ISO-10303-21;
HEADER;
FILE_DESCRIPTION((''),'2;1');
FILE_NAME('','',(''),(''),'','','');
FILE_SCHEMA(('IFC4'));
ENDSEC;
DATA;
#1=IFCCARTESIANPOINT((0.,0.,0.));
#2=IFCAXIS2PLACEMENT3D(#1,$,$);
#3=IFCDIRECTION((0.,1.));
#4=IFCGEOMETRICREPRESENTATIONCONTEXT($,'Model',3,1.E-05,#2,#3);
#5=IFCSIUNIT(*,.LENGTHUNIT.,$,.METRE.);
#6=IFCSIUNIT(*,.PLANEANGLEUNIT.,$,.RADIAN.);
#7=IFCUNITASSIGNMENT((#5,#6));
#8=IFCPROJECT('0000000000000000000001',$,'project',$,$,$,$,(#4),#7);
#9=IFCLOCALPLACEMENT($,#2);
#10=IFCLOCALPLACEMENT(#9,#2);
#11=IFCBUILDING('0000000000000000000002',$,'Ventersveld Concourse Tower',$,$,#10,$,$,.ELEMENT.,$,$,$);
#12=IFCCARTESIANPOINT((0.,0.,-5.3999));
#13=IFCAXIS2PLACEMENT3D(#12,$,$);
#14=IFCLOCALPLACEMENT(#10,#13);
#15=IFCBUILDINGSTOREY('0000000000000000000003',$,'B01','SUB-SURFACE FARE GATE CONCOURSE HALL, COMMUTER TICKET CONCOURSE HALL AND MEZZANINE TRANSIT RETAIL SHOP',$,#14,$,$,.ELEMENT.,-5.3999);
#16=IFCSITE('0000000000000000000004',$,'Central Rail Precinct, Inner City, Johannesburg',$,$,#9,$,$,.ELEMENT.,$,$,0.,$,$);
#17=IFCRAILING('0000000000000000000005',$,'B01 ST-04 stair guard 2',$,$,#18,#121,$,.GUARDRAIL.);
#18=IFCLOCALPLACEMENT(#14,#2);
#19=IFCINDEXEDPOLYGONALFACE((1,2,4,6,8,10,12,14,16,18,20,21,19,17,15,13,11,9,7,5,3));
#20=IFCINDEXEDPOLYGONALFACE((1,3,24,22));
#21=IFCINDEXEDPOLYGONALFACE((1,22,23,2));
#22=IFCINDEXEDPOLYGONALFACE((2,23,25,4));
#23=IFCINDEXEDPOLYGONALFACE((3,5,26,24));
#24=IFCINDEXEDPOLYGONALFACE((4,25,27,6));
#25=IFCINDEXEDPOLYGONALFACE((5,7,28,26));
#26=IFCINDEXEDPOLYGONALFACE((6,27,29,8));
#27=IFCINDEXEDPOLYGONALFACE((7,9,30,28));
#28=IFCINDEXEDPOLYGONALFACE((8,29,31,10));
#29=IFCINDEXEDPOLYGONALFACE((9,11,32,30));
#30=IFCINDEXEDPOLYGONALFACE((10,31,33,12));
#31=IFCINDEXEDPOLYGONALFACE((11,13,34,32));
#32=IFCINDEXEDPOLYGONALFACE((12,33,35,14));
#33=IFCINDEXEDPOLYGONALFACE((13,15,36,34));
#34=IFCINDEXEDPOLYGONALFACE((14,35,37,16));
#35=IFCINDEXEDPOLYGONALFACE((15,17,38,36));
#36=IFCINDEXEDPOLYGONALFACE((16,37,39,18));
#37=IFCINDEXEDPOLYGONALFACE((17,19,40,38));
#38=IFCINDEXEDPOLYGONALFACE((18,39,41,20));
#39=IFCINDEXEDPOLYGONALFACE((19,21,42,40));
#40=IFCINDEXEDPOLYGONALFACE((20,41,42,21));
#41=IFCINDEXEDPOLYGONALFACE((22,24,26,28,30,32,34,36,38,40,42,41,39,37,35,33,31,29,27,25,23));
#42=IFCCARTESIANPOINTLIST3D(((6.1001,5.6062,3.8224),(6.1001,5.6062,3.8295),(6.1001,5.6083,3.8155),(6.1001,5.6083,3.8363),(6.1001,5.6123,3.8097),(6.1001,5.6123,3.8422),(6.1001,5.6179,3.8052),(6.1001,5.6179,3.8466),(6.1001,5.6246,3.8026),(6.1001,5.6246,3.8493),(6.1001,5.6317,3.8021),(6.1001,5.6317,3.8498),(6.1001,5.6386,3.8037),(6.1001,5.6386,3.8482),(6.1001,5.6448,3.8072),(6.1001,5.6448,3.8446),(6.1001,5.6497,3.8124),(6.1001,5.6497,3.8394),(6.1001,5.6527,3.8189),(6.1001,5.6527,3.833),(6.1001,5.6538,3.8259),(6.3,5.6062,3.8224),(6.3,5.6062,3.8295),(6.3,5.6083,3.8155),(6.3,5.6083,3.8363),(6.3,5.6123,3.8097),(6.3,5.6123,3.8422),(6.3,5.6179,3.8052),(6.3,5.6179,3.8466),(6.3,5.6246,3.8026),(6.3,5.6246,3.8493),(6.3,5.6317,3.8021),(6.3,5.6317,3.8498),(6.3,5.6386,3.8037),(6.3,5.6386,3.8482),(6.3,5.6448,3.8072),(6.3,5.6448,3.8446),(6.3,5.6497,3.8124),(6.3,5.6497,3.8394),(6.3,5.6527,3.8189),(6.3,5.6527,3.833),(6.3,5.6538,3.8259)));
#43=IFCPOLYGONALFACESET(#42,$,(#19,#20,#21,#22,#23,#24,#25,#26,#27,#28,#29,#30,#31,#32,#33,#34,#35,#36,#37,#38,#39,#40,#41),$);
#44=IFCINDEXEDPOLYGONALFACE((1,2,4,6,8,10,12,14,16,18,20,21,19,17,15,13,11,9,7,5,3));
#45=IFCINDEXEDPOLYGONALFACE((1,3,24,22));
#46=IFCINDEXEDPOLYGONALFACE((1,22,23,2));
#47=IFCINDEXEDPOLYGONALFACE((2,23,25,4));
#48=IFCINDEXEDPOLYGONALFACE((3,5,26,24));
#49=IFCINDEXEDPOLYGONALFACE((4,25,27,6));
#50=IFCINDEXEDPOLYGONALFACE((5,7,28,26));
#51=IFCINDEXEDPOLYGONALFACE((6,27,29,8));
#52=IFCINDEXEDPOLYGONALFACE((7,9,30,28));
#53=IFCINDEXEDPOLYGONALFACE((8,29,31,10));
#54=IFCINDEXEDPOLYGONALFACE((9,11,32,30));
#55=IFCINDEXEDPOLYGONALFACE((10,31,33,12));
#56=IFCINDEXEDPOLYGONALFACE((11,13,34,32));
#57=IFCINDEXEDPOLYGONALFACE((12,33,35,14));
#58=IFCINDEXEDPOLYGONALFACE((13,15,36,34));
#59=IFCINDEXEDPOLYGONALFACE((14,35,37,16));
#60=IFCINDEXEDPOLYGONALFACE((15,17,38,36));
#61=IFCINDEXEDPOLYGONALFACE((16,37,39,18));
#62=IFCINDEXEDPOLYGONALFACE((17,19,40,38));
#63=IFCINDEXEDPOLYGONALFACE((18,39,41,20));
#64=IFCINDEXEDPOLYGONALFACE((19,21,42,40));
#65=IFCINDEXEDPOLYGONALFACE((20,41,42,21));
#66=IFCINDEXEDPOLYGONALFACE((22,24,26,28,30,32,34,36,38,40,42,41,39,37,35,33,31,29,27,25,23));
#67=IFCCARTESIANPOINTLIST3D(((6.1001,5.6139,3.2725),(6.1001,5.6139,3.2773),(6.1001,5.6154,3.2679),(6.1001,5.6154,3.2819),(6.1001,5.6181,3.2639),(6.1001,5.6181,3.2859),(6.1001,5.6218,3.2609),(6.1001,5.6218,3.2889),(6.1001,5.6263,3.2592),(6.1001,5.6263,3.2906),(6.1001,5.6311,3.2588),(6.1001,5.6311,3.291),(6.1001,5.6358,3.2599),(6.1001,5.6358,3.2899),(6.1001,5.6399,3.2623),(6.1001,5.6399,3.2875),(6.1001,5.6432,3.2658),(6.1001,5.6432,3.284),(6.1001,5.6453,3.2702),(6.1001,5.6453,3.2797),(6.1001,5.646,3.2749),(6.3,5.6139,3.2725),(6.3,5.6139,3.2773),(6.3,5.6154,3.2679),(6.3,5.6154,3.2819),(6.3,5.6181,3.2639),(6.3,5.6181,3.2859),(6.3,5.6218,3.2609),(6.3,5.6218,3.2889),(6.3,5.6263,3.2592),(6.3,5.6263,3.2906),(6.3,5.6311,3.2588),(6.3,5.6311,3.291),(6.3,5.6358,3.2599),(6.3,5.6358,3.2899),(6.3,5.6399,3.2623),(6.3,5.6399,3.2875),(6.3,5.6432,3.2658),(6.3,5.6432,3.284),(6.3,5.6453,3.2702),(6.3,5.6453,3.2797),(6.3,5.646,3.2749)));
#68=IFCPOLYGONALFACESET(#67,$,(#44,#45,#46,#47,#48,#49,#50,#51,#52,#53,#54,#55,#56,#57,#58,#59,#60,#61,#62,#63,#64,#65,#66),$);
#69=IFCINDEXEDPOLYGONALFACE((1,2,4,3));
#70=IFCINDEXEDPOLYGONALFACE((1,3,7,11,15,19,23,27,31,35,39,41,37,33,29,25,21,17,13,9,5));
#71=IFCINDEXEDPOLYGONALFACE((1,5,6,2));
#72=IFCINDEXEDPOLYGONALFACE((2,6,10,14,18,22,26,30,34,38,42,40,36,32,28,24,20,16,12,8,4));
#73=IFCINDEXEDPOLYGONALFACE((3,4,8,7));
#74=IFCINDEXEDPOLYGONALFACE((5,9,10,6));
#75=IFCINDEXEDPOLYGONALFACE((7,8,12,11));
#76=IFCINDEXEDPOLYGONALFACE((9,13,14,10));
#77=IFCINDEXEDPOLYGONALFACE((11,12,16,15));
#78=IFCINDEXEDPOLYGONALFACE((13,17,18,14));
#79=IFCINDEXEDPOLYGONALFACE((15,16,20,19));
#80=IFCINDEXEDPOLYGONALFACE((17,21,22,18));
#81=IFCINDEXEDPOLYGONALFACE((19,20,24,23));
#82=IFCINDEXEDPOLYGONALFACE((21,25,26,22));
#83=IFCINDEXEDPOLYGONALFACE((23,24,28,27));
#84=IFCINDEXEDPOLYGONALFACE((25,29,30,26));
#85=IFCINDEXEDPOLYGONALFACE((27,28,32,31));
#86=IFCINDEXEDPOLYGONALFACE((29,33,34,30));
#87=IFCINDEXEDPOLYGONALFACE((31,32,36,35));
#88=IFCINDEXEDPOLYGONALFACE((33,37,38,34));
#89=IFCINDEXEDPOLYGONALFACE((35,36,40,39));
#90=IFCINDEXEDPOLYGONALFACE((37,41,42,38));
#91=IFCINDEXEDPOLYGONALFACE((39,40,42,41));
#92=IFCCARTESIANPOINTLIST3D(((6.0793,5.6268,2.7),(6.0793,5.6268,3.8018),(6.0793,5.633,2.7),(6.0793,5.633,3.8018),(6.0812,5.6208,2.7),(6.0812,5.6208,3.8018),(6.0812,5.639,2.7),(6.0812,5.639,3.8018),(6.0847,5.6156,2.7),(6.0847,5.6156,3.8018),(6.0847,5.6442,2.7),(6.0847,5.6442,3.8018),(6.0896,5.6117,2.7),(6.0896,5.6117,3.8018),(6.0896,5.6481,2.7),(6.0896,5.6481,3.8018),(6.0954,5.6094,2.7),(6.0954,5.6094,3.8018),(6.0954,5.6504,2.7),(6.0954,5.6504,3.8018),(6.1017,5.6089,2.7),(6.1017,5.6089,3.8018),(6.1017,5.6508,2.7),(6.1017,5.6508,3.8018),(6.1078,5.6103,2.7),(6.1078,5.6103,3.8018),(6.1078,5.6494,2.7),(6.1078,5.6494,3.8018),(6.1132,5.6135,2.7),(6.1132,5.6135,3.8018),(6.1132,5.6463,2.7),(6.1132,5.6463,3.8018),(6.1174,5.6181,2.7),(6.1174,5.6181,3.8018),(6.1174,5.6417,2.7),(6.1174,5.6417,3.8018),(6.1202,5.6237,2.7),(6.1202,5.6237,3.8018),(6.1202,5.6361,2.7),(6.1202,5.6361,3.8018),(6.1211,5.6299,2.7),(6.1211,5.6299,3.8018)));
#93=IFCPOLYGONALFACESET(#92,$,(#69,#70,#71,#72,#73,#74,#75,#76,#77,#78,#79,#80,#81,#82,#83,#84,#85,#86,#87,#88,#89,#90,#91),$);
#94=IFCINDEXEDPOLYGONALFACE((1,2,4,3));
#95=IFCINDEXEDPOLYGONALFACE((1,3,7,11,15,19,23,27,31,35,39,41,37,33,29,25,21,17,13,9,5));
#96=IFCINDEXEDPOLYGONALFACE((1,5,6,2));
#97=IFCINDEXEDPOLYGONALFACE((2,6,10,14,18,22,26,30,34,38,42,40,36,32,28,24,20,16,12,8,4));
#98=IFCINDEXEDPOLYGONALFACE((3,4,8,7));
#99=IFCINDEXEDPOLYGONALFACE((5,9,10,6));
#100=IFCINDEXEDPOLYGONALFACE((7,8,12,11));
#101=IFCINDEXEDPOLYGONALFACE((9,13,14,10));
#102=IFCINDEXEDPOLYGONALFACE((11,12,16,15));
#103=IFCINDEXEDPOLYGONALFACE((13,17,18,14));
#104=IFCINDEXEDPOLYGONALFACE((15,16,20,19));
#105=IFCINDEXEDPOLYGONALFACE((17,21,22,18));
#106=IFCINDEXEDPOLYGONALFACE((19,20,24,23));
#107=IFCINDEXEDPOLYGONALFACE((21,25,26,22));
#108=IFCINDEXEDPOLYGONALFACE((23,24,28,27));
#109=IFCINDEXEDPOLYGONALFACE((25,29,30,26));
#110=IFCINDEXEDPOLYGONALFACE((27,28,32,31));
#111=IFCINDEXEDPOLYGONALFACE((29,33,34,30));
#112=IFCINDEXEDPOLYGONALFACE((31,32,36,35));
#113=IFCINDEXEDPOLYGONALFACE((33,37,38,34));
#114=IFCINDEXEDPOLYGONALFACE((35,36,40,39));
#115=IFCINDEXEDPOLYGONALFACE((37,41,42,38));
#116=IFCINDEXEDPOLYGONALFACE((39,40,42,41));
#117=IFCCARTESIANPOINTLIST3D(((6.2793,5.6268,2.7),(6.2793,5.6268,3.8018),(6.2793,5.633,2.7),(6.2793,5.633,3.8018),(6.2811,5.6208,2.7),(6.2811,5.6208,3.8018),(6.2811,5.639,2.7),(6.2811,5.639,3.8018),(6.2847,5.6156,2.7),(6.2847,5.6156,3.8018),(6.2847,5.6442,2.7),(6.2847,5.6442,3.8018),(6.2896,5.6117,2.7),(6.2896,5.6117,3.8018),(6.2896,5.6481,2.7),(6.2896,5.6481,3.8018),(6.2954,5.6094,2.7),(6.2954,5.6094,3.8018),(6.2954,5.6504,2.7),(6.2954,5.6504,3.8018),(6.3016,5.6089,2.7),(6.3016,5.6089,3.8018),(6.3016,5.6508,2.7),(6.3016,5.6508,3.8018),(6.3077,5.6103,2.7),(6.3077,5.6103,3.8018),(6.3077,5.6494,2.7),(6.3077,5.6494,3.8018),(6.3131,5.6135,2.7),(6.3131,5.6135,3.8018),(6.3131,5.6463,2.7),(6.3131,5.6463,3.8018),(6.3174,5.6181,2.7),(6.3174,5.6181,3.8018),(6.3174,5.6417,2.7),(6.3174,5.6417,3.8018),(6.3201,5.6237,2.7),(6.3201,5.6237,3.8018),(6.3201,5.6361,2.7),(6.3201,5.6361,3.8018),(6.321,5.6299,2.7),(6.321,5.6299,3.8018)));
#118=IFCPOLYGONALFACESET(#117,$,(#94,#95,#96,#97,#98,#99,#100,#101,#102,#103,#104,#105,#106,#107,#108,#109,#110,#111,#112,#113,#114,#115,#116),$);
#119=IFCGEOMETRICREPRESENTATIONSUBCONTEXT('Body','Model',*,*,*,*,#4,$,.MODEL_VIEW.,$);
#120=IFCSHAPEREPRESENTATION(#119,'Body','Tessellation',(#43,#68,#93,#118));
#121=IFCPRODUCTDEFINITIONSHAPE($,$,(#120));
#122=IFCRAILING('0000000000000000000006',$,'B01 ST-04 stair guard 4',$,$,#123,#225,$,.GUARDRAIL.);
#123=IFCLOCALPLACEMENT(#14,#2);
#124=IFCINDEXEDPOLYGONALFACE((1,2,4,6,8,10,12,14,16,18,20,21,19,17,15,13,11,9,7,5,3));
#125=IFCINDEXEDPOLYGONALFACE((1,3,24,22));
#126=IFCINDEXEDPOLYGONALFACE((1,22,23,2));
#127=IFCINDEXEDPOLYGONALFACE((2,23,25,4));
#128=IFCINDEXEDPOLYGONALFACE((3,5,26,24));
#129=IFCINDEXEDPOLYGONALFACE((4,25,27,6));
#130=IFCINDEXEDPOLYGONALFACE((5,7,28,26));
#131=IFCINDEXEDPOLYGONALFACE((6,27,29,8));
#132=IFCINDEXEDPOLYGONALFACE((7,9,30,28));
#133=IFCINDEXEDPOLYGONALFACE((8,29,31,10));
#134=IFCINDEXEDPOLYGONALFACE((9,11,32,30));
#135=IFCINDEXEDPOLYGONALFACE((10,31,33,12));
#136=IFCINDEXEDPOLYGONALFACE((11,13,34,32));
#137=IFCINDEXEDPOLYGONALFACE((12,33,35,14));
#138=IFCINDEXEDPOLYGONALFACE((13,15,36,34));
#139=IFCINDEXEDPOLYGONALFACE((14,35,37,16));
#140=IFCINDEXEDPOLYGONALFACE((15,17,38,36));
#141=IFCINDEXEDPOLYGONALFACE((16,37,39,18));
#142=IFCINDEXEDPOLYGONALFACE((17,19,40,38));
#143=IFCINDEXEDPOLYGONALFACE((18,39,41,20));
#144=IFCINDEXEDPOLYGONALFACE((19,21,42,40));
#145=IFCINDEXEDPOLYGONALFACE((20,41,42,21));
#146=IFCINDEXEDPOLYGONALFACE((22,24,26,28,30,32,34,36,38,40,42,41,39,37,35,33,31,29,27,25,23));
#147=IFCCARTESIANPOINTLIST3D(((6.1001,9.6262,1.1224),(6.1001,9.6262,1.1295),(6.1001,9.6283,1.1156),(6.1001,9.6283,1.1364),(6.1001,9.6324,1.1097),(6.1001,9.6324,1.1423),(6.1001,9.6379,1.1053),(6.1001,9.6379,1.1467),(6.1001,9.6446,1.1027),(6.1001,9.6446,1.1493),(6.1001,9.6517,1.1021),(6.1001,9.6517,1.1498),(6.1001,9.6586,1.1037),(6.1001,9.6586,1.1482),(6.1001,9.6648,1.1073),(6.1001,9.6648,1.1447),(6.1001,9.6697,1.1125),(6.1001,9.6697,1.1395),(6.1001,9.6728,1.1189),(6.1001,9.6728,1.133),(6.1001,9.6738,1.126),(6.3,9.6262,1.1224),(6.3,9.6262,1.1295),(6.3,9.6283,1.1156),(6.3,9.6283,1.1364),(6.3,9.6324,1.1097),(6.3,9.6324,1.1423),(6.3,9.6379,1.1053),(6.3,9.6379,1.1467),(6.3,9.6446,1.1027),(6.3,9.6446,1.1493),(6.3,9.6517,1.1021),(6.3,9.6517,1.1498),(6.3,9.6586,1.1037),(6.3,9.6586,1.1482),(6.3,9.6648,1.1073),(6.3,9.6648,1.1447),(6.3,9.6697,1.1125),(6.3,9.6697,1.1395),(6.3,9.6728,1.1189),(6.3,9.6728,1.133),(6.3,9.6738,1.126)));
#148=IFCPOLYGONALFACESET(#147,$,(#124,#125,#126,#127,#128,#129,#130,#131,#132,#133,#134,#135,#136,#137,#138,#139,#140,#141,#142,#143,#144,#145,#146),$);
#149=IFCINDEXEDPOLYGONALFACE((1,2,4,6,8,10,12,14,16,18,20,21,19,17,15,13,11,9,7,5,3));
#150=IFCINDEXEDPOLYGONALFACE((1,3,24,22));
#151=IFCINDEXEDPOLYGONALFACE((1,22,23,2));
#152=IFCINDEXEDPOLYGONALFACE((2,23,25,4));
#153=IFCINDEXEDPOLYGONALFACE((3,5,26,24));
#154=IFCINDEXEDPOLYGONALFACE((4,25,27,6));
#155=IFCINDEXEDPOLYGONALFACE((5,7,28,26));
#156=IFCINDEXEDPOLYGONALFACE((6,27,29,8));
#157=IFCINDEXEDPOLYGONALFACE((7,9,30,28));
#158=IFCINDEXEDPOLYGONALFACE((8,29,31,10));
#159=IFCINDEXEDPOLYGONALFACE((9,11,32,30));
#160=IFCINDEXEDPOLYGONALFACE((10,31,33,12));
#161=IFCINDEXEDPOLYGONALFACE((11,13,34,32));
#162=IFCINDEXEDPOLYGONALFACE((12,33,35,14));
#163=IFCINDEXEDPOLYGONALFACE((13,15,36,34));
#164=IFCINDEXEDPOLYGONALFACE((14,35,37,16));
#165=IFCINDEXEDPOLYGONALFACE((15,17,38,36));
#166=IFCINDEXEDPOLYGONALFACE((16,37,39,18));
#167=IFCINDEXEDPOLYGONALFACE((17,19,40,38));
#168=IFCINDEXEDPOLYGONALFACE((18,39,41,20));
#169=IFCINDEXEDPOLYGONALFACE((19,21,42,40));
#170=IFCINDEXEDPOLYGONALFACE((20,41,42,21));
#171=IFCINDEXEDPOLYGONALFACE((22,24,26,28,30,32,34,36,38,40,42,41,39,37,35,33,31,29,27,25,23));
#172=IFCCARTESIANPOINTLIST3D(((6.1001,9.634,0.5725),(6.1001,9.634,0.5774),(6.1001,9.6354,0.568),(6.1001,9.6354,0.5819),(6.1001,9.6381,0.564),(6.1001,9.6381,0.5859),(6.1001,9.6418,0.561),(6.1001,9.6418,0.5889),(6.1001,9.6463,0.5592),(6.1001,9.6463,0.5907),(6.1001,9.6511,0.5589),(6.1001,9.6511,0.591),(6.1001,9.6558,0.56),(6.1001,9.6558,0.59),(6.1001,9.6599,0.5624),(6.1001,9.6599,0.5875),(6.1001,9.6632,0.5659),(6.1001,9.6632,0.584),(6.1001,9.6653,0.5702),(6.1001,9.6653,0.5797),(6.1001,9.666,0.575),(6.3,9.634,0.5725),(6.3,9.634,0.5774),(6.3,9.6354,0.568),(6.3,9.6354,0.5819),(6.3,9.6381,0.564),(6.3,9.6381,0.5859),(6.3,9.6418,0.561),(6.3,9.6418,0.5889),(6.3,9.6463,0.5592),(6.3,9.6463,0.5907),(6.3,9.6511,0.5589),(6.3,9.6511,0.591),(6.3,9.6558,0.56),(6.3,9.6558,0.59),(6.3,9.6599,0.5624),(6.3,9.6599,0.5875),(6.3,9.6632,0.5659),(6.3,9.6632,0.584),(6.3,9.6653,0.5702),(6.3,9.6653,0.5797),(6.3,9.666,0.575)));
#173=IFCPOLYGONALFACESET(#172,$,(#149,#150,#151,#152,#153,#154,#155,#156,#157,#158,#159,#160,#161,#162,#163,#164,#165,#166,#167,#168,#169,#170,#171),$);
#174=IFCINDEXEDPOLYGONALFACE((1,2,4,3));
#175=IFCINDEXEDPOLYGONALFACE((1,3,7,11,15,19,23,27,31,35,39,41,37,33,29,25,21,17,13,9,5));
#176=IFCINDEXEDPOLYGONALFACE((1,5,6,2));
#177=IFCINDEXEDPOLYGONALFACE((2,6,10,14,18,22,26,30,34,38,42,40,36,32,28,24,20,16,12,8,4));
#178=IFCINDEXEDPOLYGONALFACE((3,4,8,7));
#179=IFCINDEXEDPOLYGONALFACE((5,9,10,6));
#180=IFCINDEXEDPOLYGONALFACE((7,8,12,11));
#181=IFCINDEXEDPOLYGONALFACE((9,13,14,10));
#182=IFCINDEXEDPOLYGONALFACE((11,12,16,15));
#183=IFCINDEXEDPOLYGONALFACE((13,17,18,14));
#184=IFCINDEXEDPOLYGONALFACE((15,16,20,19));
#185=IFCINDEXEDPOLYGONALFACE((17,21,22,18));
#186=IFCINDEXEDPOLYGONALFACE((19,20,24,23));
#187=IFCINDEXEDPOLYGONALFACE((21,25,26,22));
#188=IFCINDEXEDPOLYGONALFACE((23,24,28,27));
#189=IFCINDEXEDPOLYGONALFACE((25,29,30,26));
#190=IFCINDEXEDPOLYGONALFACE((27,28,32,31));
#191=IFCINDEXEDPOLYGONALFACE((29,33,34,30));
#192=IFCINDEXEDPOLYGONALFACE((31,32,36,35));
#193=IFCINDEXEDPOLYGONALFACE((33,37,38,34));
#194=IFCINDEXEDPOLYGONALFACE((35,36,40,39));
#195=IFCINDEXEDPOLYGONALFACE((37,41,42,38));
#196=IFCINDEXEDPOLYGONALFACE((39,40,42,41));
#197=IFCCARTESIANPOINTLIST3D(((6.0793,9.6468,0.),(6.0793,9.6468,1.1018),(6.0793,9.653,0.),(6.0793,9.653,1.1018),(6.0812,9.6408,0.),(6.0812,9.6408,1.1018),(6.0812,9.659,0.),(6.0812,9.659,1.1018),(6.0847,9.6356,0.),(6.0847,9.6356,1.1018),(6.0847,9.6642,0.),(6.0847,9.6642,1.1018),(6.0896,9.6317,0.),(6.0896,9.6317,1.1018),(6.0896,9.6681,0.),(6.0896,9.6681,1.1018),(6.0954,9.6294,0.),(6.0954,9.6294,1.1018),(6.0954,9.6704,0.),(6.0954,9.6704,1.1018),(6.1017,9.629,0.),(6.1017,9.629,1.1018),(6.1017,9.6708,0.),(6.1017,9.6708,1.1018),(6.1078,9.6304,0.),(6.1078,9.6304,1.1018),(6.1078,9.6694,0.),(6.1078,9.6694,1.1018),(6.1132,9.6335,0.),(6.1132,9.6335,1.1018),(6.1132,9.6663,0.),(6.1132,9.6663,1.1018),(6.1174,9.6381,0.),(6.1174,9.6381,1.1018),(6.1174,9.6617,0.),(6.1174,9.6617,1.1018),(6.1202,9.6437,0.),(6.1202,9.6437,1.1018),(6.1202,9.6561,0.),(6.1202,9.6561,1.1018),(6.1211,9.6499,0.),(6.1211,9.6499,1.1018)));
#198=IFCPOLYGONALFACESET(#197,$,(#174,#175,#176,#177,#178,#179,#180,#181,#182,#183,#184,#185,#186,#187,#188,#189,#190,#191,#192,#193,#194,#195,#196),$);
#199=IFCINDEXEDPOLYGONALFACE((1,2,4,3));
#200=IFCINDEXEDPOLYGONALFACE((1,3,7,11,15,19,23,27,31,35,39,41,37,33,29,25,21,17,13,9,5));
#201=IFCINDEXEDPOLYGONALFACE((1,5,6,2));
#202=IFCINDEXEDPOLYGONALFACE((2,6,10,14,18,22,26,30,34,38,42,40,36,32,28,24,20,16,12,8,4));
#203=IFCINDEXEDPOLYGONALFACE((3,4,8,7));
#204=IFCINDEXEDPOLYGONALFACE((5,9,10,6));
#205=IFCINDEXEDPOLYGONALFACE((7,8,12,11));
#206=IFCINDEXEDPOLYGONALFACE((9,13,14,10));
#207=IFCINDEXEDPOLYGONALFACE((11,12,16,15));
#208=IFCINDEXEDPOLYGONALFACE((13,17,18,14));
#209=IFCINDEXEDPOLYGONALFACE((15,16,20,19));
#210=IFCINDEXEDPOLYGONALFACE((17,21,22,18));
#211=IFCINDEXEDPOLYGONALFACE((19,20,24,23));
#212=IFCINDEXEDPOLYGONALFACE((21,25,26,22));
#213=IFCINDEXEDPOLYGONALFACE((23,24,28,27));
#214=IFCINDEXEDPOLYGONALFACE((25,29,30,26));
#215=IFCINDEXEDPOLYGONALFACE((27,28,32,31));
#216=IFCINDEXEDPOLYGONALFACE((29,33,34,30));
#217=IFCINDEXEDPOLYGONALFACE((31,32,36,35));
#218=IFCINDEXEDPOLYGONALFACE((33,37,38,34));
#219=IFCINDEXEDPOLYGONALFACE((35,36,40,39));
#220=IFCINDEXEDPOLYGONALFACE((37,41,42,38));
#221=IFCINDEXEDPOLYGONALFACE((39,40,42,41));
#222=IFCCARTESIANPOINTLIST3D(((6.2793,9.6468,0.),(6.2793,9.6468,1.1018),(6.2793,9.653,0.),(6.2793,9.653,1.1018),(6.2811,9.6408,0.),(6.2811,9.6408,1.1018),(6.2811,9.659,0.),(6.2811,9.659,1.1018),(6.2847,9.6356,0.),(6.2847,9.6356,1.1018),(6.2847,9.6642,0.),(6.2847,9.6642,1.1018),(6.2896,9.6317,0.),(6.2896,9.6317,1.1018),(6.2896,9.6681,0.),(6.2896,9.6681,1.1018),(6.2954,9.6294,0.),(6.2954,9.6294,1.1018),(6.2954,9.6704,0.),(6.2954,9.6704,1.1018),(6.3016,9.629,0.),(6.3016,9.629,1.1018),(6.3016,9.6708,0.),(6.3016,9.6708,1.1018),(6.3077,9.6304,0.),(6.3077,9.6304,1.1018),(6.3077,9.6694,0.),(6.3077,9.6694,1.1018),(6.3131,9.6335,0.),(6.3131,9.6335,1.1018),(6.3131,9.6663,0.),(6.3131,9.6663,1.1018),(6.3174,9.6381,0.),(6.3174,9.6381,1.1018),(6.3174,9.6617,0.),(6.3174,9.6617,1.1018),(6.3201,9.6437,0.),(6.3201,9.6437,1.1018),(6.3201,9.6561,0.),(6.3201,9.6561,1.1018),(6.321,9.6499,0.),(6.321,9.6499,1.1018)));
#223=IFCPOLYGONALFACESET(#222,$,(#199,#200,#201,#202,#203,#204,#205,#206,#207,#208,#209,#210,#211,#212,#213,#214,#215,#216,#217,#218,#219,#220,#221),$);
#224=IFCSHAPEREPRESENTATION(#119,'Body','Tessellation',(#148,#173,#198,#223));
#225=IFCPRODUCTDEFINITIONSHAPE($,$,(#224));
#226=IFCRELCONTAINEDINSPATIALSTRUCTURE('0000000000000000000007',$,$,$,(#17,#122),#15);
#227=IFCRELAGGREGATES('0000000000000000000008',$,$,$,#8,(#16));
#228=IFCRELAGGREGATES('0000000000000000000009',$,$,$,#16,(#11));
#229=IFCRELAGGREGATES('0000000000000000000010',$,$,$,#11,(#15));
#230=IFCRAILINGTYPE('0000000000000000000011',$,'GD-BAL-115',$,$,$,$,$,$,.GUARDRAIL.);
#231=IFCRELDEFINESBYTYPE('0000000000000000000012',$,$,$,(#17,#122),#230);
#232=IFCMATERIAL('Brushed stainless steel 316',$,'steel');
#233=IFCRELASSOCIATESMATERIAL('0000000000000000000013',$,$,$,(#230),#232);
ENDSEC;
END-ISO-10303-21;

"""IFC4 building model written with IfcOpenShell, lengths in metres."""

from ifc_helpers import new_model, si_unit, direction, frame, origin, origin_2d, place, context, subcontext, project, spatial, circle, extrude, material, type_object, element, save


model = new_model("IFC4")

# Units and contexts
model_context = context("Model", 3, precision=1e-05, world=origin(), true_north=direction((0.0, 1.0)))
body_context = subcontext(model_context, "Body", "Model", "MODEL_VIEW")
ifc_project = project(units=[si_unit("LENGTHUNIT", "METRE"), si_unit("PLANEANGLEUNIT", "RADIAN")], contexts=[model_context])

# Site, building, storey
site_placement = place(None, origin())
site = spatial("IfcSite", under=ifc_project, at=site_placement, Name="Central Rail Precinct, Inner City, Johannesburg", CompositionType="ELEMENT", RefElevation=0.0)
building_placement = place(site_placement, origin())
building = spatial("IfcBuilding", under=site, at=building_placement, Name="Ventersveld Concourse Tower", CompositionType="ELEMENT")
storey_placement = place(building_placement, frame((0.0, 0.0, -5.3999)))
storey = spatial("IfcBuildingStorey", under=building, at=storey_placement, Name="B01", Description="SUB-SURFACE FARE GATE CONCOURSE HALL, COMMUTER TICKET CONCOURSE HALL AND MEZZANINE TRANSIT RETAIL SHOP", CompositionType="ELEMENT", Elevation=-5.3999)

# Shared definitions
ifc_material_1 = material(Name="Brushed stainless steel 316", Category="steel")

# Railings
railing_type_1 = type_object("IfcRailingType", Name="GD-BAL-115", PredefinedType="GUARDRAIL", material=ifc_material_1)
for number, where, name in (
    (1, (6.1001, 5.6299, 2.7), "B01 ST-04 stair guard 2"),
    (2, (6.1001, 9.6499, 0.0), "B01 ST-04 stair guard 4"),
):
    element("IfcRailing", number, at=place(storey_placement, frame(where)), inside=storey, type_object=railing_type_1, Name=name, PredefinedType="GUARDRAIL", context=body_context, shape_type="SweptSolid", body=[
        extrude(circle(Radius=0.0239, at=origin_2d()), frame((0.0, 0.0, 1.126), z_axis=(1.0, 0.0, 0.0), x_axis=(0.0, 1.0, 0.0)), (0.0, 0.0, 1.0), 0.2),
        extrude(circle(Radius=0.0161, at=origin_2d()), frame((0.0, 0.0, 0.575), z_axis=(1.0, 0.0, 0.0), x_axis=(0.0, 1.0, 0.0)), (0.0, 0.0, 1.0), 0.2),
        extrude(circle(Radius=0.021, at=origin_2d()), origin(), (0.0, 0.0, 1.0), 1.1018),
        extrude(circle(Radius=0.021, at=origin_2d()), frame((0.2, 0.0, 0.0)), (0.0, 0.0, 1.0), 1.1018),
    ])

save(model, "model.ifc")
